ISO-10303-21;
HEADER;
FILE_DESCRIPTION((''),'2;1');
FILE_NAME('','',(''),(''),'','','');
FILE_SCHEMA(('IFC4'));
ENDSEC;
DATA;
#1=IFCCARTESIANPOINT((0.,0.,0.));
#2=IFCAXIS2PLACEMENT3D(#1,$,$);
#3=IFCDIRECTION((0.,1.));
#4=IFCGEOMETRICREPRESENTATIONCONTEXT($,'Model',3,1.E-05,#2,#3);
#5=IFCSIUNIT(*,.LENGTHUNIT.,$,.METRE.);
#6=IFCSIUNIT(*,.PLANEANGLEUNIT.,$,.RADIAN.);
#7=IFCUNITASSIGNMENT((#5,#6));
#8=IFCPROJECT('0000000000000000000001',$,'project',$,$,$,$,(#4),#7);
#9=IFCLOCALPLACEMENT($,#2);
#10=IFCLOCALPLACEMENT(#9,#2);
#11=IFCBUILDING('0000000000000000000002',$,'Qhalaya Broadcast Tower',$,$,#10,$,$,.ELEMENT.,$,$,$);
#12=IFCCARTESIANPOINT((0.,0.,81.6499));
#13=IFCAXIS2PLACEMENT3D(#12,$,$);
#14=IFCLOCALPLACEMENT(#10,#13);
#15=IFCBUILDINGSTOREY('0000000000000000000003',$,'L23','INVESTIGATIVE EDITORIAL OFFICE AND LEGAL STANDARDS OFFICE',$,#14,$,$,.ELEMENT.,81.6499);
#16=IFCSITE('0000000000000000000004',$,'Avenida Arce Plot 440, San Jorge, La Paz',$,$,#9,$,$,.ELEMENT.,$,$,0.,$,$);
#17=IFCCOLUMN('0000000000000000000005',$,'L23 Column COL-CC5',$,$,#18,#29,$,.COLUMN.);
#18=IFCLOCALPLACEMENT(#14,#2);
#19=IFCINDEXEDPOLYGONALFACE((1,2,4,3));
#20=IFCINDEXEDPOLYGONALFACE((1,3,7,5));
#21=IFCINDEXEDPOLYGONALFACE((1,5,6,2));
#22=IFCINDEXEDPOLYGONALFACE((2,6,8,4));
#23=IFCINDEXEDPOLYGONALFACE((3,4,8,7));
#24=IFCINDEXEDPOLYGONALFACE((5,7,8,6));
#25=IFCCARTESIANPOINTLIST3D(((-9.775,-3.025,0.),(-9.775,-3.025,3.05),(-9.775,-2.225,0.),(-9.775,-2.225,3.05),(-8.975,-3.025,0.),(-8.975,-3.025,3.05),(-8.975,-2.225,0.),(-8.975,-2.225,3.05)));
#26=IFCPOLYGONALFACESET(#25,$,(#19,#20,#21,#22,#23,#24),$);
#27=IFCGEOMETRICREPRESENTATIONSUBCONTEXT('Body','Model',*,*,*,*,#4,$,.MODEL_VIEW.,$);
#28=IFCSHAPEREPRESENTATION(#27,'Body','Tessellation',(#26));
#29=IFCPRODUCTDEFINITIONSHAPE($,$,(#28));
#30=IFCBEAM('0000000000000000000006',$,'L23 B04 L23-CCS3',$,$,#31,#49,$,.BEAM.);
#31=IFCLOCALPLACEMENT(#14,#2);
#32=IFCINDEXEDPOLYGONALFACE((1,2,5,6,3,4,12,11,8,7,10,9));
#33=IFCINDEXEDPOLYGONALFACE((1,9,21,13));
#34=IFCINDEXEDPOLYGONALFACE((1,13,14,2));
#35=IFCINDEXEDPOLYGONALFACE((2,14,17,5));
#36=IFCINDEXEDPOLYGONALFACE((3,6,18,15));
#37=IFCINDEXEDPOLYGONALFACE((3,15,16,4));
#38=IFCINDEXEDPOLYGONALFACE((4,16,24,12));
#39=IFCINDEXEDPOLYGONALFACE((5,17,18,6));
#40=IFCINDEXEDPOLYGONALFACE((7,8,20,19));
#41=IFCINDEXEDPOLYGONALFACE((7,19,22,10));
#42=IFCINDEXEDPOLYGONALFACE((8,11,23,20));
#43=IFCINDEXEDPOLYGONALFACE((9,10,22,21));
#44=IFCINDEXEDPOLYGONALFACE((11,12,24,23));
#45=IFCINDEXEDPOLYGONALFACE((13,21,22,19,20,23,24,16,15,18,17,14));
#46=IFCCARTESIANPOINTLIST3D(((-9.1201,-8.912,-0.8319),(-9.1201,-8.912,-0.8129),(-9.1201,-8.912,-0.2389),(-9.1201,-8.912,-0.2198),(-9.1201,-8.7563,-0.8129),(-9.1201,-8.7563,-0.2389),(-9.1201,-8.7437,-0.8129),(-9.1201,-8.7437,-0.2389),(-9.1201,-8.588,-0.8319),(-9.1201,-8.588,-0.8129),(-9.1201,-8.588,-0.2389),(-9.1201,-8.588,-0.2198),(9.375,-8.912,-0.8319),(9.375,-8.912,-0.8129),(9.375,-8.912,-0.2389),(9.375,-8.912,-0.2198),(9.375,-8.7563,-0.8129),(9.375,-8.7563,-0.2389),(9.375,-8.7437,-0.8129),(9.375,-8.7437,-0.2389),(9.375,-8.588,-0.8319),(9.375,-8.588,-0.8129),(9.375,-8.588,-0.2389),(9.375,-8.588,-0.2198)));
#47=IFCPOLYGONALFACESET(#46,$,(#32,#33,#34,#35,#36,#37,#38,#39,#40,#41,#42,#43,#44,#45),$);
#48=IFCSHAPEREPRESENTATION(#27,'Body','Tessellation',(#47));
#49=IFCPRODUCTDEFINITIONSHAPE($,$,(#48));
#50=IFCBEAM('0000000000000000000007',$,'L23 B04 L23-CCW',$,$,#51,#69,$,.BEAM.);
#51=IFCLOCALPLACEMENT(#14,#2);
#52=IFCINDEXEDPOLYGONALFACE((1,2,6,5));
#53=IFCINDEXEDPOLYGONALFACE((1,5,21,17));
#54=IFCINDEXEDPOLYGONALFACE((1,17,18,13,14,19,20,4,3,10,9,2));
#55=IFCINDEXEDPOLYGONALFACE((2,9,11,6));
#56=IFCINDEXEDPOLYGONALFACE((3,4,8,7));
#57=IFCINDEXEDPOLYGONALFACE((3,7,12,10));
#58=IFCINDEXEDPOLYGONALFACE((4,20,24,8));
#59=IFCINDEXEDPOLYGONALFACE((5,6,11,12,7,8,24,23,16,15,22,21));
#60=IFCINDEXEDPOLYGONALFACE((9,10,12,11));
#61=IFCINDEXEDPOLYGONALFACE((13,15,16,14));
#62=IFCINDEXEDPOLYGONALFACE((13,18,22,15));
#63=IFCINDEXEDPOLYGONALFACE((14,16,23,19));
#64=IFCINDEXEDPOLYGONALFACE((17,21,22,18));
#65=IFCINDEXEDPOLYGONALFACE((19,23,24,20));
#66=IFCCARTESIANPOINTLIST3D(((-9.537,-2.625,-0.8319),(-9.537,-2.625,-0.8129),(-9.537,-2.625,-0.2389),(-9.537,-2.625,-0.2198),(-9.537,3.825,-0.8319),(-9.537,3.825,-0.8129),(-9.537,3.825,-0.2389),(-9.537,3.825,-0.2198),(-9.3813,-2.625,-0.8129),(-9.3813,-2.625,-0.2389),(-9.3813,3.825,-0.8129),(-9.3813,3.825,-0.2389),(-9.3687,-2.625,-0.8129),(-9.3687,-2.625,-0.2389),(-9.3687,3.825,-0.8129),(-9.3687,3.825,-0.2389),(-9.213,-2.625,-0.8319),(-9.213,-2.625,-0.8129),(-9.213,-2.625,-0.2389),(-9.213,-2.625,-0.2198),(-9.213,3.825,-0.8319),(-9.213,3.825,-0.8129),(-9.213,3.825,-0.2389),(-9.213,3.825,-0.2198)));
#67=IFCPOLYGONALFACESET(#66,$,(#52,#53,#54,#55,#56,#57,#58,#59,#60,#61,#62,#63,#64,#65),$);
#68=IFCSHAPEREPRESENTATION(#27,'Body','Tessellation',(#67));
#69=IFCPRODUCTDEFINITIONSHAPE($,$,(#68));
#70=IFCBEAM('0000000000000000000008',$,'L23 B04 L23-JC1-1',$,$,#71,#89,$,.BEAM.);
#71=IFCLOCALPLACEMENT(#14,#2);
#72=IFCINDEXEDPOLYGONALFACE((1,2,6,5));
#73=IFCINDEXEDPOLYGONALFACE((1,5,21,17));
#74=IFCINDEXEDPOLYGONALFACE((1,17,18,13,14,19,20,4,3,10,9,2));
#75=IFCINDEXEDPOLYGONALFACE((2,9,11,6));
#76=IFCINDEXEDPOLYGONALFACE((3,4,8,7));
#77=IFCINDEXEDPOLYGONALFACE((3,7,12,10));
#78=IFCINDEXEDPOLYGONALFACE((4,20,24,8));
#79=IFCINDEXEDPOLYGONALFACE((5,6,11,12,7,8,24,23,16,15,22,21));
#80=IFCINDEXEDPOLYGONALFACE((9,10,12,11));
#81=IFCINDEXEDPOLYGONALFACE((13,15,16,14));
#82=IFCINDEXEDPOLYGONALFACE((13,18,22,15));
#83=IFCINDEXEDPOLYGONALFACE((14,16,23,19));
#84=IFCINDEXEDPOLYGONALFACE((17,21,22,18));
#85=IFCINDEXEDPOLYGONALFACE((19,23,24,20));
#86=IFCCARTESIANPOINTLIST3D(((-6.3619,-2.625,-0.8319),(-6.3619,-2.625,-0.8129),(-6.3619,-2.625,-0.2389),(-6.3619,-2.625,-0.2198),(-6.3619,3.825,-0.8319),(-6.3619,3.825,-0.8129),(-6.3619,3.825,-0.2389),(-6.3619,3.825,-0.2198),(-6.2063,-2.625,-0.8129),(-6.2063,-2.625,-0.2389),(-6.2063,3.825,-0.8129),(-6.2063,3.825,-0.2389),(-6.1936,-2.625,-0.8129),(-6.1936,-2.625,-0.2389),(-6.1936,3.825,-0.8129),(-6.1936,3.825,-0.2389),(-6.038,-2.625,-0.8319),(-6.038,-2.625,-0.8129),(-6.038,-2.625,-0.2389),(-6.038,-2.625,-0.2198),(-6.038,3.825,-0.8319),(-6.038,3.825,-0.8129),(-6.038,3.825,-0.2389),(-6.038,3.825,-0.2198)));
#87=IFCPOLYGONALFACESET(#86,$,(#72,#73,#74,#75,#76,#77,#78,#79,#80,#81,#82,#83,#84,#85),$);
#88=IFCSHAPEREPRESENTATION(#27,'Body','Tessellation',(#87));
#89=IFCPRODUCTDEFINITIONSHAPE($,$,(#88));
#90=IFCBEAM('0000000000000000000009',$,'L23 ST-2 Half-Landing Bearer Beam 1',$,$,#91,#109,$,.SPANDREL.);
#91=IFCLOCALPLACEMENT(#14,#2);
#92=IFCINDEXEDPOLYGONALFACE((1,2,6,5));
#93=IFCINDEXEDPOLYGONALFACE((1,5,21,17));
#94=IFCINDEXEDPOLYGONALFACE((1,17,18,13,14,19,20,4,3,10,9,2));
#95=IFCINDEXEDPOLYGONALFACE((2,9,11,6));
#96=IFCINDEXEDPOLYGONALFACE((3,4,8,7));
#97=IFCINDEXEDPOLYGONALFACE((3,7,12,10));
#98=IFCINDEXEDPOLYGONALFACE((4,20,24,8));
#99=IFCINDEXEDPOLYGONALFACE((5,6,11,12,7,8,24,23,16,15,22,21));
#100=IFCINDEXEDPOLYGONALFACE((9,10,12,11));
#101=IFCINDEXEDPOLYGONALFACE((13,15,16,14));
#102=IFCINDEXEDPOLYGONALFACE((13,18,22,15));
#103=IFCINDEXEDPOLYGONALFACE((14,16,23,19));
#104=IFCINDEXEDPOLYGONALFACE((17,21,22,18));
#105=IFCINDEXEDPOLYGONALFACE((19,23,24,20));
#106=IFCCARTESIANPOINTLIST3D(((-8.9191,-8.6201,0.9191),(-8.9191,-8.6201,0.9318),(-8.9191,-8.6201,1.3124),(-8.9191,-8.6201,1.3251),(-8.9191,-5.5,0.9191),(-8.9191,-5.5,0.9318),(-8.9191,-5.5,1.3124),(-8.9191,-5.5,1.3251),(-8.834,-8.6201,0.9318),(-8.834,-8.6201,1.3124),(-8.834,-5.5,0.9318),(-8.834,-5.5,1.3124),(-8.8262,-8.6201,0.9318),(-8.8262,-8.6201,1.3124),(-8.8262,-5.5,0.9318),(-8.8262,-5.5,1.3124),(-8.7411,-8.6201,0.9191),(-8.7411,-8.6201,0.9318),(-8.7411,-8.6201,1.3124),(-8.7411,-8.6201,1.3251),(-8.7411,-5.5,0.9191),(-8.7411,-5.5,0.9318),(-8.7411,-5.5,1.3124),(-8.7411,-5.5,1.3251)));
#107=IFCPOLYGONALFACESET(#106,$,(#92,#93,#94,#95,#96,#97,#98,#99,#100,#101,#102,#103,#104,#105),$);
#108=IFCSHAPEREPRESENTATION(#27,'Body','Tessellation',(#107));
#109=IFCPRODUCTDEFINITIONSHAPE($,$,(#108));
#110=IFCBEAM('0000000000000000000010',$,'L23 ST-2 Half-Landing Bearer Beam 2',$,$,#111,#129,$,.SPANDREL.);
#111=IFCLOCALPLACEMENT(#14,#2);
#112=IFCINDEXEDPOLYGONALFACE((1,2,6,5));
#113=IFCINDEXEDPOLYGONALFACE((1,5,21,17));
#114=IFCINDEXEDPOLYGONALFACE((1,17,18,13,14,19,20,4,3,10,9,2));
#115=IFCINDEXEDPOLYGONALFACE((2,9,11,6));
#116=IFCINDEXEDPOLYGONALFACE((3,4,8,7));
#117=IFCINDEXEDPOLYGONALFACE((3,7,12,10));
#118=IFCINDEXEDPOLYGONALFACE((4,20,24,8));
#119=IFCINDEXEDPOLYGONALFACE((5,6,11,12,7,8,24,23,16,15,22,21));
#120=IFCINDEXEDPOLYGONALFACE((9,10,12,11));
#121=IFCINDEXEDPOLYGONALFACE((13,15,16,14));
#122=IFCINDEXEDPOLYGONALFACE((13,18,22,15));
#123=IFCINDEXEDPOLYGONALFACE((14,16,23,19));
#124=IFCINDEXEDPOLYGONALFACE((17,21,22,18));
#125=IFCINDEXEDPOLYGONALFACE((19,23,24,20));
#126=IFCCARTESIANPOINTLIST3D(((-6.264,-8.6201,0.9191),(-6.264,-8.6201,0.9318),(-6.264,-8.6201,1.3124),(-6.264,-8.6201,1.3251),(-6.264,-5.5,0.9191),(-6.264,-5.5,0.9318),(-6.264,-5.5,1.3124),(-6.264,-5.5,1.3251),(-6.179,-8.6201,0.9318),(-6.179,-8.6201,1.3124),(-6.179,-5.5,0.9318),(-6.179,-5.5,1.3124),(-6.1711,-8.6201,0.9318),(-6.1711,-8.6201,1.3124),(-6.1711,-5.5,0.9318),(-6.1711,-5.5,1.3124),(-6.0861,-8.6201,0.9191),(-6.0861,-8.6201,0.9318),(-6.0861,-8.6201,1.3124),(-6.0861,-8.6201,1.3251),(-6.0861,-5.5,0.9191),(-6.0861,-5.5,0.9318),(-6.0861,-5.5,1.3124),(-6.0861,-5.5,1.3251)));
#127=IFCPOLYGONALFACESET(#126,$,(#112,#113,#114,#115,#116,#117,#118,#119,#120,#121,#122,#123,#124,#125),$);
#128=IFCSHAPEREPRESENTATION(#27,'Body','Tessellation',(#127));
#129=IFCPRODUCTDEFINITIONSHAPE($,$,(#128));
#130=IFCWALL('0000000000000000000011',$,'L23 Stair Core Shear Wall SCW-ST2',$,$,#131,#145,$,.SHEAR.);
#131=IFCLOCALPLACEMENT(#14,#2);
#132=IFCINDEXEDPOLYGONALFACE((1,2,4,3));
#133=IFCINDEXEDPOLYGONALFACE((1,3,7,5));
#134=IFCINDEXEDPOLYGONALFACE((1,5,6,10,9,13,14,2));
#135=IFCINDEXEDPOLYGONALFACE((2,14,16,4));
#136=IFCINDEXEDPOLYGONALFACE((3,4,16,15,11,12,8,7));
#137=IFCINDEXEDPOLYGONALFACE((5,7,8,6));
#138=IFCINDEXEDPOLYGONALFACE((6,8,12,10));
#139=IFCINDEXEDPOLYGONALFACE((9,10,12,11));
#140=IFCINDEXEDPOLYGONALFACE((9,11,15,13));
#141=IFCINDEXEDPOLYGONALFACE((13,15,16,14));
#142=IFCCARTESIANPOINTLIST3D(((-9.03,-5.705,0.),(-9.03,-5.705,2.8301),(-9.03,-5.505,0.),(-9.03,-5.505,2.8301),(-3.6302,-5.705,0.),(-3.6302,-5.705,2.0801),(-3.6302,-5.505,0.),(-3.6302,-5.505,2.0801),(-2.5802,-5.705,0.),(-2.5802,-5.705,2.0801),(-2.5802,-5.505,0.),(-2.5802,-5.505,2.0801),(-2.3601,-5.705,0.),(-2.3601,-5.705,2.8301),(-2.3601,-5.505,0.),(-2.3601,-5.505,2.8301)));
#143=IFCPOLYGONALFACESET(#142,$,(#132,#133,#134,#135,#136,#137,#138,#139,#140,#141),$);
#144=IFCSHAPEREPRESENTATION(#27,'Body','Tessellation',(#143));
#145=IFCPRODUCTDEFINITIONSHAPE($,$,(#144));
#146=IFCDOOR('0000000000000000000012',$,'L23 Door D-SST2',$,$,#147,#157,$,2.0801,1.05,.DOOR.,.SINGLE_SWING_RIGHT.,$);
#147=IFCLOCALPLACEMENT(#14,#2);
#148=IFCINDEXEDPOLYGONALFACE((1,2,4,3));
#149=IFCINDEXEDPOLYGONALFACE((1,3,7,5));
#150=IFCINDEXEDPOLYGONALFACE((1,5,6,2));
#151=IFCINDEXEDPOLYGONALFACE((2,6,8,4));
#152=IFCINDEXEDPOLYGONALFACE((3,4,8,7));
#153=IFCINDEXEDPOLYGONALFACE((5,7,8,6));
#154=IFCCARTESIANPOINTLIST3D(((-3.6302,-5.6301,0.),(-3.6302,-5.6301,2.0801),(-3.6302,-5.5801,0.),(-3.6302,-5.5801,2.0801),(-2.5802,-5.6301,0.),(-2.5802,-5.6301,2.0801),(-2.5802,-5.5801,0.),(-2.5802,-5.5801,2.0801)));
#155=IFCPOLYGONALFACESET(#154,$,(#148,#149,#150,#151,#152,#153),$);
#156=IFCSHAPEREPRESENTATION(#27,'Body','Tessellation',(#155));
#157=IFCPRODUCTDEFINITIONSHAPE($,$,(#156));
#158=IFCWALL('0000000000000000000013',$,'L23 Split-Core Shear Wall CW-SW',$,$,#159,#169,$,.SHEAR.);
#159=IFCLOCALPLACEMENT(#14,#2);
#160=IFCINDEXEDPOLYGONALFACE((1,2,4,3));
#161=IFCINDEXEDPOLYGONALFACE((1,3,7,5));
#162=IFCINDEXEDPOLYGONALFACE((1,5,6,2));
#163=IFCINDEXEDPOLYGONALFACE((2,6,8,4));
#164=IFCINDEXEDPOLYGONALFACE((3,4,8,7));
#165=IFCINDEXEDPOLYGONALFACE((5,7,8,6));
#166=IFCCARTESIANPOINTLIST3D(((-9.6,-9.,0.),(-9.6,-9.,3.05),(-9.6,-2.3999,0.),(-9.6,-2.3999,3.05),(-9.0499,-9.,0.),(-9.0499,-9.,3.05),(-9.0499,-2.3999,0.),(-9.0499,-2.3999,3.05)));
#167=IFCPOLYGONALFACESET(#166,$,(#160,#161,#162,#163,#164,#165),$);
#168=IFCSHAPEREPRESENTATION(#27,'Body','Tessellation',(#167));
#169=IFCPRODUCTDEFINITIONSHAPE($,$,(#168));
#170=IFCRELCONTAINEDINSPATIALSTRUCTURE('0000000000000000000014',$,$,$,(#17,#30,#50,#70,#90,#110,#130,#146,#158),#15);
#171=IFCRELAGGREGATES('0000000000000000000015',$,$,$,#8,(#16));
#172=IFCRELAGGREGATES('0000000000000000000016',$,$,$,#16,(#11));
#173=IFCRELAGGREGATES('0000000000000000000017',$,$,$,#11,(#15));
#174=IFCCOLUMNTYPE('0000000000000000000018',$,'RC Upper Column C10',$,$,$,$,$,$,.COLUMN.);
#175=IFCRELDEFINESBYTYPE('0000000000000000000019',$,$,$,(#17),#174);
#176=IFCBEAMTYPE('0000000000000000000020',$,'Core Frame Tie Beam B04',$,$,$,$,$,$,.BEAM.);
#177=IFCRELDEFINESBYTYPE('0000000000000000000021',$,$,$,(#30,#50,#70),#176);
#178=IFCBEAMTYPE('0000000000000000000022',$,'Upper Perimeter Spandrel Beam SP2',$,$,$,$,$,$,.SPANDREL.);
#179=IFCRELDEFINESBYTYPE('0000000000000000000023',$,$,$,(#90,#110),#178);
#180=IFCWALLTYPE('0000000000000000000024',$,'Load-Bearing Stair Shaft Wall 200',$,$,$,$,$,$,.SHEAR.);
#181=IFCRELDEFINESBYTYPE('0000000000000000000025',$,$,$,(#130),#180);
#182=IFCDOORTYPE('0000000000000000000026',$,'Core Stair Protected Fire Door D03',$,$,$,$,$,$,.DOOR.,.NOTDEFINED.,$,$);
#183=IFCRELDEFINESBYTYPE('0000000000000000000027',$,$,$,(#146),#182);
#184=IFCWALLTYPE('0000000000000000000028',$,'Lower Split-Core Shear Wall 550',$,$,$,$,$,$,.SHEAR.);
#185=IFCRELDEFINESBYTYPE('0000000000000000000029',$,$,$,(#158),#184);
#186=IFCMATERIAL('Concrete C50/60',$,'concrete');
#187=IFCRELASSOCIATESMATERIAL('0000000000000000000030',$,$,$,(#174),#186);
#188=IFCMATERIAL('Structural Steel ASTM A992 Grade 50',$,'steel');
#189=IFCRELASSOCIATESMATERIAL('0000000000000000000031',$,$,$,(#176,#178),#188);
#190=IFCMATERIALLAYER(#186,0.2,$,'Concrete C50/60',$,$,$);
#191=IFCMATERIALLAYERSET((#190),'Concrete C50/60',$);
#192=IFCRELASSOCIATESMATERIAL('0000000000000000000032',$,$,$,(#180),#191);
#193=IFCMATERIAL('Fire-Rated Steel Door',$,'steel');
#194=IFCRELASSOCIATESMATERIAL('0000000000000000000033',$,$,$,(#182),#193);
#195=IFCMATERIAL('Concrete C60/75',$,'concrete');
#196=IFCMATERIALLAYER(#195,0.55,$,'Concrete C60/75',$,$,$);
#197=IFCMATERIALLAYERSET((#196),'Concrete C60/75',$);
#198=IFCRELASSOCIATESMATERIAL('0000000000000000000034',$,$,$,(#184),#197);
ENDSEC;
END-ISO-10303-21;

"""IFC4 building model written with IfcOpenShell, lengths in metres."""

from ifc_helpers import new_model, si_unit, direction, frame, frame_2d, origin, origin_2d, place, context, subcontext, project, spatial, rectangle, i_section, extrude, material, layer, layer_set, material_profile, profile_set, type_object, element, fill, save


model = new_model("IFC4")

# Units and contexts
model_context = context("Model", 3, precision=1e-05, world=origin(), true_north=direction((0.0, 1.0)))
body_context = subcontext(model_context, "Body", "Model", "MODEL_VIEW")
ifc_project = project(units=[si_unit("LENGTHUNIT", "METRE"), si_unit("PLANEANGLEUNIT", "RADIAN")], contexts=[model_context])

# Site, building, storey
site_placement = place(None, origin())
site = spatial("IfcSite", under=ifc_project, at=site_placement, Name="Avenida Arce Plot 440, San Jorge, La Paz", CompositionType="ELEMENT", RefElevation=0.0)
building_placement = place(site_placement, origin())
building = spatial("IfcBuilding", under=site, at=building_placement, Name="Qhalaya Broadcast Tower", CompositionType="ELEMENT")
storey_placement = place(building_placement, frame((0.0, 0.0, 81.6499)))
storey = spatial("IfcBuildingStorey", under=building, at=storey_placement, Name="L23", Description="INVESTIGATIVE EDITORIAL OFFICE AND LEGAL STANDARDS OFFICE", CompositionType="ELEMENT", Elevation=81.6499)

# Column
ifc_material_1 = material(Name="Concrete C50/60", Category="concrete")
ifc_material_profile_1 = material_profile(ifc_material_1, rectangle(XDim=0.8, YDim=0.8, at=origin_2d()), Name="RC-COL 800x800")
ifc_profile_set_1 = profile_set([ifc_material_profile_1], Name="Concrete C50/60")
column_type = type_object("IfcColumnType", Name="RC Upper Column C10", PredefinedType="COLUMN", material=ifc_profile_set_1)
column_placement = place(storey_placement, frame((-9.375, -2.625, 0.0), z_axis=(0.0, 0.0, 1.0), x_axis=(1.0, 0.0, 0.0)))
element("IfcColumn", 1, at=column_placement, inside=storey, type_object=column_type, Name="L23 Column COL-CC5", PredefinedType="COLUMN", context=body_context, shape_type="SweptSolid", body=[
    extrude(rectangle(XDim=0.8, YDim=0.8, at=origin_2d()), origin(), (0.0, 0.0, 1.0), 3.05),
])

# Beams
ifc_material_2 = material(Name="Structural Steel ASTM A992 Grade 50", Category="steel")
ifc_material_profile_2 = material_profile(ifc_material_2, i_section(OverallWidth=0.324, OverallDepth=0.6121, WebThickness=0.0127, FlangeThickness=0.019, at=origin_2d()), Name="W24X104")
ifc_profile_set_2 = profile_set([ifc_material_profile_2], Name="Structural Steel ASTM A992 Grade 50")
beam_type_1 = type_object("IfcBeamType", Name="Core Frame Tie Beam B04", PredefinedType="BEAM", material=ifc_profile_set_2)
beam_placement = place(storey_placement, frame((-9.1201, -8.75, -0.5259), z_axis=(1.0, 0.0, 0.0), x_axis=(0.0, 1.0, 0.0)))
element("IfcBeam", 2, at=beam_placement, inside=storey, type_object=beam_type_1, Name="L23 B04 L23-CCS3", PredefinedType="BEAM", context=body_context, shape_type="SweptSolid", body=[
    extrude(i_section(OverallWidth=0.324, OverallDepth=0.6121, WebThickness=0.0127, FlangeThickness=0.019, at=origin_2d()), origin(), (0.0, 0.0, 1.0), 18.4951),
])
for number, where, z_axis, x_axis, name in (
    (3, (-9.375, -2.625, -0.5259), (0.0, 1.0, 0.0), (-1.0, 0.0, 0.0), "L23 B04 L23-CCW"),
    (4, (-6.2, -2.625, -0.5259), (0.0, 1.0, 0.0), (-1.0, 0.0, 0.0), "L23 B04 L23-JC1-1"),
):
    element("IfcBeam", number, at=place(storey_placement, frame(where, z_axis=z_axis, x_axis=x_axis)), inside=storey, type_object=beam_type_1, Name=name, PredefinedType="BEAM", context=body_context, shape_type="SweptSolid", body=[
        extrude(i_section(OverallWidth=0.324, OverallDepth=0.6121, WebThickness=0.0127, FlangeThickness=0.019, at=origin_2d()), origin(), (0.0, 0.0, 1.0), 6.45),
    ])
ifc_material_profile_3 = material_profile(ifc_material_2, i_section(OverallWidth=0.178, OverallDepth=0.406, WebThickness=0.0078, FlangeThickness=0.0127, at=origin_2d()), Name="W16X40")
ifc_profile_set_3 = profile_set([ifc_material_profile_3], Name="Structural Steel ASTM A992 Grade 50")
beam_type_2 = type_object("IfcBeamType", Name="Upper Perimeter Spandrel Beam SP2", PredefinedType="SPANDREL", material=ifc_profile_set_3)
for number, where, z_axis, x_axis, name in (
    (5, (-8.8301, -8.6201, 1.1221), (0.0, 1.0, 0.0), (-1.0, 0.0, 0.0), "L23 ST-2 Half-Landing Bearer Beam 1"),
    (6, (-6.175, -8.6201, 1.1221), (0.0, 1.0, 0.0), (-1.0, 0.0, 0.0), "L23 ST-2 Half-Landing Bearer Beam 2"),
):
    element("IfcBeam", number, at=place(storey_placement, frame(where, z_axis=z_axis, x_axis=x_axis)), inside=storey, type_object=beam_type_2, Name=name, PredefinedType="SPANDREL", context=body_context, shape_type="SweptSolid", body=[
        extrude(i_section(OverallWidth=0.178, OverallDepth=0.406, WebThickness=0.0078, FlangeThickness=0.0127, at=origin_2d()), origin(), (0.0, 0.0, 1.0), 3.1201),
    ])

# Wall, opening, door
ifc_layer_1 = layer(ifc_material_1, 0.2, Name="Concrete C50/60")
ifc_layer_set_1 = layer_set([ifc_layer_1], Name="Concrete C50/60")
wall_type_1 = type_object("IfcWallType", Name="Load-Bearing Stair Shaft Wall 200", PredefinedType="SHEAR", material=ifc_layer_set_1)
wall_1_placement = place(storey_placement, frame((-9.03, -5.605, 0.0), z_axis=(0.0, 0.0, 1.0), x_axis=(1.0, 0.0, 0.0)))
wall_1 = element("IfcWall", 7, at=wall_1_placement, inside=storey, type_object=wall_type_1, Name="L23 Stair Core Shear Wall SCW-ST2", PredefinedType="SHEAR", context=body_context, shape_type="SweptSolid", body=[
    extrude(rectangle(XDim=6.6699, YDim=0.2, at=frame_2d((3.335, 0.0))), origin(), (0.0, 0.0, 1.0), 2.8301),
])
opening_placement = place(wall_1_placement, frame((5.3999, 0.0, 0.0)))
opening = element("IfcOpeningElement", 8, at=opening_placement, cuts=wall_1, PredefinedType="OPENING", context=body_context, shape_type="SweptSolid", body=[
    extrude(rectangle(XDim=1.05, YDim=2.0801, at=frame_2d((0.5249, 1.04))), frame((0.0, 0.1121, 0.0), z_axis=(0.0, -1.0, 0.0), x_axis=(1.0, 0.0, 0.0)), (0.0, 0.0, 1.0), 0.2239),
])
ifc_material_3 = material(Name="Fire-Rated Steel Door", Category="steel")
door_type = type_object("IfcDoorType", Name="Core Stair Protected Fire Door D03", OperationType="NOTDEFINED", PredefinedType="DOOR", material=ifc_material_3)
door_placement = place(opening_placement, origin())
door = element("IfcDoor", 9, at=door_placement, inside=storey, type_object=door_type, Name="L23 Door D-SST2", OperationType="SINGLE_SWING_RIGHT", OverallHeight=2.0801, OverallWidth=1.05, PredefinedType="DOOR", context=body_context, shape_type="SweptSolid", body=[
    extrude(rectangle(XDim=1.05, YDim=2.0801, at=frame_2d((0.5249, 1.04))), frame((0.0, 0.0249, 0.0), z_axis=(0.0, -1.0, 0.0), x_axis=(1.0, 0.0, 0.0)), (0.0, 0.0, 1.0), 0.05),
])
fill(opening, door)

# Wall
ifc_material_4 = material(Name="Concrete C60/75", Category="concrete")
ifc_layer_2 = layer(ifc_material_4, 0.55, Name="Concrete C60/75")
ifc_layer_set_2 = layer_set([ifc_layer_2], Name="Concrete C60/75")
wall_type_2 = type_object("IfcWallType", Name="Lower Split-Core Shear Wall 550", PredefinedType="SHEAR", material=ifc_layer_set_2)
wall_2_placement = place(storey_placement, frame((-9.325, -9.0, 0.0), z_axis=(0.0, 0.0, 1.0), x_axis=(0.0, 1.0, 0.0)))
element("IfcWall", 10, at=wall_2_placement, inside=storey, type_object=wall_type_2, Name="L23 Split-Core Shear Wall CW-SW", PredefinedType="SHEAR", context=body_context, shape_type="SweptSolid", body=[
    extrude(rectangle(XDim=6.6001, YDim=0.55, at=frame_2d((3.3, 0.0))), origin(), (0.0, 0.0, 1.0), 3.05),
])

save(model, "model.ifc")
